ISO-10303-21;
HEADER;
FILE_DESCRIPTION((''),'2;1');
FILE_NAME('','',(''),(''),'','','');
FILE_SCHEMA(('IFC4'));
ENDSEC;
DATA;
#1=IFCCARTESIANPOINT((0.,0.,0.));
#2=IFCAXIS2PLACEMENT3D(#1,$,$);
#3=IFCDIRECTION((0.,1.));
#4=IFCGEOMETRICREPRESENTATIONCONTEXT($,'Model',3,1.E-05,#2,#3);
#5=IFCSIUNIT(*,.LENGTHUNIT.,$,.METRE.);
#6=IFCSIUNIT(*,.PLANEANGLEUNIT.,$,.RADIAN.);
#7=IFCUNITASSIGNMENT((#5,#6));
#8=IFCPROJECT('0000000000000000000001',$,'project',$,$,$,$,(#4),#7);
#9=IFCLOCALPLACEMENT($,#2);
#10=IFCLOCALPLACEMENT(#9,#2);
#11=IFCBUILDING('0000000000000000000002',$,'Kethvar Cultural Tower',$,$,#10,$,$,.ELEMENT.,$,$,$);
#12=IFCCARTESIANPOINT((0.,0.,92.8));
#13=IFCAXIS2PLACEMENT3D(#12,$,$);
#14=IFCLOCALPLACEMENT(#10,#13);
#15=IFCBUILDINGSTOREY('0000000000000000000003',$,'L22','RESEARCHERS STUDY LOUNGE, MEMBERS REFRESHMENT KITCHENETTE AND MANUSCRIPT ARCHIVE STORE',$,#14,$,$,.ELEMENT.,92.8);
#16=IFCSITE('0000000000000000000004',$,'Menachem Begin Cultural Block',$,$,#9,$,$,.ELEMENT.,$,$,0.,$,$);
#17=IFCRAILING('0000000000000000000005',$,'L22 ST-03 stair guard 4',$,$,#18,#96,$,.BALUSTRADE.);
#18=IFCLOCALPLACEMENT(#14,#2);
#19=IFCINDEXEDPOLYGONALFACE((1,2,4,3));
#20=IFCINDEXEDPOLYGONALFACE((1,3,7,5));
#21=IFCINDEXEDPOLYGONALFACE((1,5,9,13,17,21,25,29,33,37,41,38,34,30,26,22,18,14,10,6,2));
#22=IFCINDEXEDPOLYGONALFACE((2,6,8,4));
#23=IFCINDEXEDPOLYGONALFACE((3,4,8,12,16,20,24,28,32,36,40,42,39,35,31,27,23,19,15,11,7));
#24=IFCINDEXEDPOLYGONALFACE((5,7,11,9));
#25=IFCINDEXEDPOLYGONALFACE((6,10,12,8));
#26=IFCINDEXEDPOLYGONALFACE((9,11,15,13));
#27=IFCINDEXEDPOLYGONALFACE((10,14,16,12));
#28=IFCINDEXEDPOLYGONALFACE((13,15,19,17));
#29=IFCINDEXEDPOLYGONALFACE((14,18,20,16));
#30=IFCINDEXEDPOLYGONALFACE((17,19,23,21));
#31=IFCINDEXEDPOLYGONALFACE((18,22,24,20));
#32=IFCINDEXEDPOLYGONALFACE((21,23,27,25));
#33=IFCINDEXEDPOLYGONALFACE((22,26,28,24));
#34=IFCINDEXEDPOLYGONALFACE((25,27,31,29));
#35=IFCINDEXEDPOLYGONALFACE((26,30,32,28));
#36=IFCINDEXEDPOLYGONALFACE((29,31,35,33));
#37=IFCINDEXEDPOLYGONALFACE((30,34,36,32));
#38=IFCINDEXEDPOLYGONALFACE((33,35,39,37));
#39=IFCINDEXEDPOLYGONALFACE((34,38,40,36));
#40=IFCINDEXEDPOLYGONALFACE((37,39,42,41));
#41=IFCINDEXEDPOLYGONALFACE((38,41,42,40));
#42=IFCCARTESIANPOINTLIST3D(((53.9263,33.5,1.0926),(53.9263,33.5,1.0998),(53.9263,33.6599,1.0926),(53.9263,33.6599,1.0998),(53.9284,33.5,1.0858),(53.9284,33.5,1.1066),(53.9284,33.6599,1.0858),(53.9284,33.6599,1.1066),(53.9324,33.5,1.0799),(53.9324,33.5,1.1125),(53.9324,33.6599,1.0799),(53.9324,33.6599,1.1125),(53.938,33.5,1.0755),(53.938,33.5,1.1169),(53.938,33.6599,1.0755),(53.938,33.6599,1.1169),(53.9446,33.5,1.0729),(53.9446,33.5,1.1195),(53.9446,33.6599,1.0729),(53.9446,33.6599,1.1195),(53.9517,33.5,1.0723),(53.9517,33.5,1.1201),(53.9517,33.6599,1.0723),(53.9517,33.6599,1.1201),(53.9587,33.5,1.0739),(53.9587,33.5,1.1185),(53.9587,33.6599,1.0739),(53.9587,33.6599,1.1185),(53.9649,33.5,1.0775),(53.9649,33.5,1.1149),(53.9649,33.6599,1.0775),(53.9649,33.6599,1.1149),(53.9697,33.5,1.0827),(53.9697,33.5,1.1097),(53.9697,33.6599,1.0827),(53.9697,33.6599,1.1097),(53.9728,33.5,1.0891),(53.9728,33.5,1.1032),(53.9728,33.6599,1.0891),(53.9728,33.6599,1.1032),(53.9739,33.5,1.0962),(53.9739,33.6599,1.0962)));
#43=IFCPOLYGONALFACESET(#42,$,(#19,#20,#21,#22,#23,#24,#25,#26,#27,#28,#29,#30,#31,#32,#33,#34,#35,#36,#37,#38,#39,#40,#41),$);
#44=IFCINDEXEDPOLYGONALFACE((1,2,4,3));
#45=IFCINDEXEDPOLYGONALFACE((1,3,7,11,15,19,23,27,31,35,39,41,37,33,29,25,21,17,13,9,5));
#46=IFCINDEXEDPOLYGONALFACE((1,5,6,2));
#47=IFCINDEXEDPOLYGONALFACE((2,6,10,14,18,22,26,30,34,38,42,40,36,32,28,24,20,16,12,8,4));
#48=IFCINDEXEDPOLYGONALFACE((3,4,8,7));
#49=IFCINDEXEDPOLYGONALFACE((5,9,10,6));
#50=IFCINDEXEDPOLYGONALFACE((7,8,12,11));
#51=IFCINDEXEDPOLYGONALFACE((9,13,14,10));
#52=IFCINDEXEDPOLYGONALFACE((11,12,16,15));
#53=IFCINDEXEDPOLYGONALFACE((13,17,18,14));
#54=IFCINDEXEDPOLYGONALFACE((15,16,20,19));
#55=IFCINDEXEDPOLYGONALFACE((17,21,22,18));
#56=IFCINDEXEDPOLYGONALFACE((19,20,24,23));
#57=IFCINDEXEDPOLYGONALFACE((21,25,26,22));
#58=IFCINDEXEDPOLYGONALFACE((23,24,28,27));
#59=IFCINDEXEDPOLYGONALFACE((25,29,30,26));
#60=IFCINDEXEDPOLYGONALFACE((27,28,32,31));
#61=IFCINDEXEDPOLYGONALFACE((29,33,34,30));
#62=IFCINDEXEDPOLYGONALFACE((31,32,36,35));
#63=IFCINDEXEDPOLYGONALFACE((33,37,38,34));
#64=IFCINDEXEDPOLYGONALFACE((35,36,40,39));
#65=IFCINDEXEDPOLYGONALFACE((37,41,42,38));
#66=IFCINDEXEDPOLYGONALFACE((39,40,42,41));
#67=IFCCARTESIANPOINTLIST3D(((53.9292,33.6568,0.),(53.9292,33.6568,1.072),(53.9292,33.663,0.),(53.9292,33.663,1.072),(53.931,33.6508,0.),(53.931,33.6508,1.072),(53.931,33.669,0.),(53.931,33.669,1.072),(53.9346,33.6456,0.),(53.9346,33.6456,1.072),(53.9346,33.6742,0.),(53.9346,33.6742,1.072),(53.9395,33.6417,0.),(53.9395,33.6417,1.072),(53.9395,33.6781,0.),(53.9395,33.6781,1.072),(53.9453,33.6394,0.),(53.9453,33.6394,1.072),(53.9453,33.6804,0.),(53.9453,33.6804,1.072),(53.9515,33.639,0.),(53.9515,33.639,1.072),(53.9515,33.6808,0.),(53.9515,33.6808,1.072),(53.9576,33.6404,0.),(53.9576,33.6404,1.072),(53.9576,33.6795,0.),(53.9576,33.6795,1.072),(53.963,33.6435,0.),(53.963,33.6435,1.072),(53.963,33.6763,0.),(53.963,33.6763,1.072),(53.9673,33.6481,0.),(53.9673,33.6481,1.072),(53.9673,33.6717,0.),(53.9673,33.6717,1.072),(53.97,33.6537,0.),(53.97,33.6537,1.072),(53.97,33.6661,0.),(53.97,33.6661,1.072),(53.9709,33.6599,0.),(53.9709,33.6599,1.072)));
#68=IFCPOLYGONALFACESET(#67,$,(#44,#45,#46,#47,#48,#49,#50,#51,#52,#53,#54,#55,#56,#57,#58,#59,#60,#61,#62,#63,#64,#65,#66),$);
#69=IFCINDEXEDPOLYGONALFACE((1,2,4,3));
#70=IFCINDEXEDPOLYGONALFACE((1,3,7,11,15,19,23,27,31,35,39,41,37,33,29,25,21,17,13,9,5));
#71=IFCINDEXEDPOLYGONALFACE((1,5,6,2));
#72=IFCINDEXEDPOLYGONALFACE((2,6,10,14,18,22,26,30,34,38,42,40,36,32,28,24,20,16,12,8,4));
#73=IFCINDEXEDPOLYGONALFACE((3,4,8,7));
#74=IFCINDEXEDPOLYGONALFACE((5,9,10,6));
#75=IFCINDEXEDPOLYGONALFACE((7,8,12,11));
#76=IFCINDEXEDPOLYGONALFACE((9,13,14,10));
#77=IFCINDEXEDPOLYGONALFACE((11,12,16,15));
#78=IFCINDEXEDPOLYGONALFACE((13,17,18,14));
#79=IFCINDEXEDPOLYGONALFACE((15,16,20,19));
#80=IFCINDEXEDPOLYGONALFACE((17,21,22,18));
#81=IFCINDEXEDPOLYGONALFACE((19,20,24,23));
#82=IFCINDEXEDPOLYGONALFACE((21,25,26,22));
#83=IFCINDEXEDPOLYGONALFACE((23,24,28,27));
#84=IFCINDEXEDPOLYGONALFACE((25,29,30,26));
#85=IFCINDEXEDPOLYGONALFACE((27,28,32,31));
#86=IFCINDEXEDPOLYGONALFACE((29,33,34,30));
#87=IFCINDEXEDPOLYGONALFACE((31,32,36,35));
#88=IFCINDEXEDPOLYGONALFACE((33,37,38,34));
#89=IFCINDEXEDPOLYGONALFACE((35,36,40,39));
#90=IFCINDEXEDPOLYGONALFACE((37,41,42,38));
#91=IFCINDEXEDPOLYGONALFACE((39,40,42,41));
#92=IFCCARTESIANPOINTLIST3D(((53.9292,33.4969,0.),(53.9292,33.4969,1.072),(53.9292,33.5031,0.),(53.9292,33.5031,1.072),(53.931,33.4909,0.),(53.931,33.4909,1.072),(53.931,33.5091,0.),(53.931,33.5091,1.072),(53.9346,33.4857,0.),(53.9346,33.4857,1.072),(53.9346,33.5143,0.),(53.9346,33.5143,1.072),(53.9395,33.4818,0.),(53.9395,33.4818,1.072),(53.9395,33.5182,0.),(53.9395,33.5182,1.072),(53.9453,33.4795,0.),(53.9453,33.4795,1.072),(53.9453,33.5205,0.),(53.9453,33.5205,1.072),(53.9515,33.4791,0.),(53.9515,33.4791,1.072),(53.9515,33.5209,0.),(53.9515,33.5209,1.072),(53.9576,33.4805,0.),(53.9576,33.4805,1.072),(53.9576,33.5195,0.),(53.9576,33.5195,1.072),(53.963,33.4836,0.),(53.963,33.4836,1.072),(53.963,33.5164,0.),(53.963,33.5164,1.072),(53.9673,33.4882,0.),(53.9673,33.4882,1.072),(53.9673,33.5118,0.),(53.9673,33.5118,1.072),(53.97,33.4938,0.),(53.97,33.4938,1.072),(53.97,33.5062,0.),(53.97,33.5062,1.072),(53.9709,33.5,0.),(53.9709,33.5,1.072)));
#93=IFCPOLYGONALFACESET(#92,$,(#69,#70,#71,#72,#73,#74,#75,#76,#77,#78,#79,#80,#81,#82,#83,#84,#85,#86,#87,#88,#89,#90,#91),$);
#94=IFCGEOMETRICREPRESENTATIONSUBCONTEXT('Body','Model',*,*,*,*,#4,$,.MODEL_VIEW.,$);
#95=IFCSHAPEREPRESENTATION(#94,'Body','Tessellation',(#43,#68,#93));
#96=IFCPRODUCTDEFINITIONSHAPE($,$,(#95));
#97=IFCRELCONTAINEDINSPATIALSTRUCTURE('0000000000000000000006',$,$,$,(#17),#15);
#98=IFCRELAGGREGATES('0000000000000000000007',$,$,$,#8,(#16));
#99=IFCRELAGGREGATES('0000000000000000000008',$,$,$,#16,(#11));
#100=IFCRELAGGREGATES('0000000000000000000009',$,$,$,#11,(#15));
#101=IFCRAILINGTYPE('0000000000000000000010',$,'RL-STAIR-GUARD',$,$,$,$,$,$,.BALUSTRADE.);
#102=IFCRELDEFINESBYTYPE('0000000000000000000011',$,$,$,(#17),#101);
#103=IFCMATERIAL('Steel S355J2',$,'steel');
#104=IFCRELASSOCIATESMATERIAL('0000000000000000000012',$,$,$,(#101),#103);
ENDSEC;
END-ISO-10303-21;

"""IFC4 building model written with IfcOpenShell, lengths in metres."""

from ifc_helpers import new_model, si_unit, direction, frame, origin, origin_2d, place, context, subcontext, project, spatial, circle, extrude, material, type_object, element, save


model = new_model("IFC4")

# Units and contexts
model_context = context("Model", 3, precision=1e-05, world=origin(), true_north=direction((0.0, 1.0)))
body_context = subcontext(model_context, "Body", "Model", "MODEL_VIEW")
ifc_project = project(units=[si_unit("LENGTHUNIT", "METRE"), si_unit("PLANEANGLEUNIT", "RADIAN")], contexts=[model_context])

# Site, building, storey
site_placement = place(None, origin())
site = spatial("IfcSite", under=ifc_project, at=site_placement, Name="Menachem Begin Cultural Block", CompositionType="ELEMENT", RefElevation=0.0)
building_placement = place(site_placement, origin())
building = spatial("IfcBuilding", under=site, at=building_placement, Name="Kethvar Cultural Tower", CompositionType="ELEMENT")
storey_placement = place(building_placement, frame((0.0, 0.0, 92.8)))
storey = spatial("IfcBuildingStorey", under=building, at=storey_placement, Name="L22", Description="RESEARCHERS STUDY LOUNGE, MEMBERS REFRESHMENT KITCHENETTE AND MANUSCRIPT ARCHIVE STORE", CompositionType="ELEMENT", Elevation=92.8)

# Shared definitions
ifc_material_1 = material(Name="Steel S355J2", Category="steel")

# Railing
railing_type_1 = type_object("IfcRailingType", Name="RL-STAIR-GUARD", PredefinedType="BALUSTRADE", material=ifc_material_1)
railing_1_placement = place(storey_placement, frame((53.95, 33.6599, 0.0)))
element("IfcRailing", 1, at=railing_1_placement, inside=storey, type_object=railing_type_1, Name="L22 ST-03 stair guard 4", PredefinedType="BALUSTRADE", context=body_context, shape_type="SweptSolid", body=[
    extrude(circle(Radius=0.0239, at=origin_2d()), frame((0.0, 0.0, 1.0962), z_axis=(0.0, -1.0, 0.0), x_axis=(1.0, 0.0, 0.0)), (0.0, 0.0, 1.0), 0.1599),
    extrude(circle(Radius=0.021, at=origin_2d()), origin(), (0.0, 0.0, 1.0), 1.072),
    extrude(circle(Radius=0.021, at=origin_2d()), frame((0.0, -0.1599, 0.0)), (0.0, 0.0, 1.0), 1.072),
])

save(model, "model.ifc")
